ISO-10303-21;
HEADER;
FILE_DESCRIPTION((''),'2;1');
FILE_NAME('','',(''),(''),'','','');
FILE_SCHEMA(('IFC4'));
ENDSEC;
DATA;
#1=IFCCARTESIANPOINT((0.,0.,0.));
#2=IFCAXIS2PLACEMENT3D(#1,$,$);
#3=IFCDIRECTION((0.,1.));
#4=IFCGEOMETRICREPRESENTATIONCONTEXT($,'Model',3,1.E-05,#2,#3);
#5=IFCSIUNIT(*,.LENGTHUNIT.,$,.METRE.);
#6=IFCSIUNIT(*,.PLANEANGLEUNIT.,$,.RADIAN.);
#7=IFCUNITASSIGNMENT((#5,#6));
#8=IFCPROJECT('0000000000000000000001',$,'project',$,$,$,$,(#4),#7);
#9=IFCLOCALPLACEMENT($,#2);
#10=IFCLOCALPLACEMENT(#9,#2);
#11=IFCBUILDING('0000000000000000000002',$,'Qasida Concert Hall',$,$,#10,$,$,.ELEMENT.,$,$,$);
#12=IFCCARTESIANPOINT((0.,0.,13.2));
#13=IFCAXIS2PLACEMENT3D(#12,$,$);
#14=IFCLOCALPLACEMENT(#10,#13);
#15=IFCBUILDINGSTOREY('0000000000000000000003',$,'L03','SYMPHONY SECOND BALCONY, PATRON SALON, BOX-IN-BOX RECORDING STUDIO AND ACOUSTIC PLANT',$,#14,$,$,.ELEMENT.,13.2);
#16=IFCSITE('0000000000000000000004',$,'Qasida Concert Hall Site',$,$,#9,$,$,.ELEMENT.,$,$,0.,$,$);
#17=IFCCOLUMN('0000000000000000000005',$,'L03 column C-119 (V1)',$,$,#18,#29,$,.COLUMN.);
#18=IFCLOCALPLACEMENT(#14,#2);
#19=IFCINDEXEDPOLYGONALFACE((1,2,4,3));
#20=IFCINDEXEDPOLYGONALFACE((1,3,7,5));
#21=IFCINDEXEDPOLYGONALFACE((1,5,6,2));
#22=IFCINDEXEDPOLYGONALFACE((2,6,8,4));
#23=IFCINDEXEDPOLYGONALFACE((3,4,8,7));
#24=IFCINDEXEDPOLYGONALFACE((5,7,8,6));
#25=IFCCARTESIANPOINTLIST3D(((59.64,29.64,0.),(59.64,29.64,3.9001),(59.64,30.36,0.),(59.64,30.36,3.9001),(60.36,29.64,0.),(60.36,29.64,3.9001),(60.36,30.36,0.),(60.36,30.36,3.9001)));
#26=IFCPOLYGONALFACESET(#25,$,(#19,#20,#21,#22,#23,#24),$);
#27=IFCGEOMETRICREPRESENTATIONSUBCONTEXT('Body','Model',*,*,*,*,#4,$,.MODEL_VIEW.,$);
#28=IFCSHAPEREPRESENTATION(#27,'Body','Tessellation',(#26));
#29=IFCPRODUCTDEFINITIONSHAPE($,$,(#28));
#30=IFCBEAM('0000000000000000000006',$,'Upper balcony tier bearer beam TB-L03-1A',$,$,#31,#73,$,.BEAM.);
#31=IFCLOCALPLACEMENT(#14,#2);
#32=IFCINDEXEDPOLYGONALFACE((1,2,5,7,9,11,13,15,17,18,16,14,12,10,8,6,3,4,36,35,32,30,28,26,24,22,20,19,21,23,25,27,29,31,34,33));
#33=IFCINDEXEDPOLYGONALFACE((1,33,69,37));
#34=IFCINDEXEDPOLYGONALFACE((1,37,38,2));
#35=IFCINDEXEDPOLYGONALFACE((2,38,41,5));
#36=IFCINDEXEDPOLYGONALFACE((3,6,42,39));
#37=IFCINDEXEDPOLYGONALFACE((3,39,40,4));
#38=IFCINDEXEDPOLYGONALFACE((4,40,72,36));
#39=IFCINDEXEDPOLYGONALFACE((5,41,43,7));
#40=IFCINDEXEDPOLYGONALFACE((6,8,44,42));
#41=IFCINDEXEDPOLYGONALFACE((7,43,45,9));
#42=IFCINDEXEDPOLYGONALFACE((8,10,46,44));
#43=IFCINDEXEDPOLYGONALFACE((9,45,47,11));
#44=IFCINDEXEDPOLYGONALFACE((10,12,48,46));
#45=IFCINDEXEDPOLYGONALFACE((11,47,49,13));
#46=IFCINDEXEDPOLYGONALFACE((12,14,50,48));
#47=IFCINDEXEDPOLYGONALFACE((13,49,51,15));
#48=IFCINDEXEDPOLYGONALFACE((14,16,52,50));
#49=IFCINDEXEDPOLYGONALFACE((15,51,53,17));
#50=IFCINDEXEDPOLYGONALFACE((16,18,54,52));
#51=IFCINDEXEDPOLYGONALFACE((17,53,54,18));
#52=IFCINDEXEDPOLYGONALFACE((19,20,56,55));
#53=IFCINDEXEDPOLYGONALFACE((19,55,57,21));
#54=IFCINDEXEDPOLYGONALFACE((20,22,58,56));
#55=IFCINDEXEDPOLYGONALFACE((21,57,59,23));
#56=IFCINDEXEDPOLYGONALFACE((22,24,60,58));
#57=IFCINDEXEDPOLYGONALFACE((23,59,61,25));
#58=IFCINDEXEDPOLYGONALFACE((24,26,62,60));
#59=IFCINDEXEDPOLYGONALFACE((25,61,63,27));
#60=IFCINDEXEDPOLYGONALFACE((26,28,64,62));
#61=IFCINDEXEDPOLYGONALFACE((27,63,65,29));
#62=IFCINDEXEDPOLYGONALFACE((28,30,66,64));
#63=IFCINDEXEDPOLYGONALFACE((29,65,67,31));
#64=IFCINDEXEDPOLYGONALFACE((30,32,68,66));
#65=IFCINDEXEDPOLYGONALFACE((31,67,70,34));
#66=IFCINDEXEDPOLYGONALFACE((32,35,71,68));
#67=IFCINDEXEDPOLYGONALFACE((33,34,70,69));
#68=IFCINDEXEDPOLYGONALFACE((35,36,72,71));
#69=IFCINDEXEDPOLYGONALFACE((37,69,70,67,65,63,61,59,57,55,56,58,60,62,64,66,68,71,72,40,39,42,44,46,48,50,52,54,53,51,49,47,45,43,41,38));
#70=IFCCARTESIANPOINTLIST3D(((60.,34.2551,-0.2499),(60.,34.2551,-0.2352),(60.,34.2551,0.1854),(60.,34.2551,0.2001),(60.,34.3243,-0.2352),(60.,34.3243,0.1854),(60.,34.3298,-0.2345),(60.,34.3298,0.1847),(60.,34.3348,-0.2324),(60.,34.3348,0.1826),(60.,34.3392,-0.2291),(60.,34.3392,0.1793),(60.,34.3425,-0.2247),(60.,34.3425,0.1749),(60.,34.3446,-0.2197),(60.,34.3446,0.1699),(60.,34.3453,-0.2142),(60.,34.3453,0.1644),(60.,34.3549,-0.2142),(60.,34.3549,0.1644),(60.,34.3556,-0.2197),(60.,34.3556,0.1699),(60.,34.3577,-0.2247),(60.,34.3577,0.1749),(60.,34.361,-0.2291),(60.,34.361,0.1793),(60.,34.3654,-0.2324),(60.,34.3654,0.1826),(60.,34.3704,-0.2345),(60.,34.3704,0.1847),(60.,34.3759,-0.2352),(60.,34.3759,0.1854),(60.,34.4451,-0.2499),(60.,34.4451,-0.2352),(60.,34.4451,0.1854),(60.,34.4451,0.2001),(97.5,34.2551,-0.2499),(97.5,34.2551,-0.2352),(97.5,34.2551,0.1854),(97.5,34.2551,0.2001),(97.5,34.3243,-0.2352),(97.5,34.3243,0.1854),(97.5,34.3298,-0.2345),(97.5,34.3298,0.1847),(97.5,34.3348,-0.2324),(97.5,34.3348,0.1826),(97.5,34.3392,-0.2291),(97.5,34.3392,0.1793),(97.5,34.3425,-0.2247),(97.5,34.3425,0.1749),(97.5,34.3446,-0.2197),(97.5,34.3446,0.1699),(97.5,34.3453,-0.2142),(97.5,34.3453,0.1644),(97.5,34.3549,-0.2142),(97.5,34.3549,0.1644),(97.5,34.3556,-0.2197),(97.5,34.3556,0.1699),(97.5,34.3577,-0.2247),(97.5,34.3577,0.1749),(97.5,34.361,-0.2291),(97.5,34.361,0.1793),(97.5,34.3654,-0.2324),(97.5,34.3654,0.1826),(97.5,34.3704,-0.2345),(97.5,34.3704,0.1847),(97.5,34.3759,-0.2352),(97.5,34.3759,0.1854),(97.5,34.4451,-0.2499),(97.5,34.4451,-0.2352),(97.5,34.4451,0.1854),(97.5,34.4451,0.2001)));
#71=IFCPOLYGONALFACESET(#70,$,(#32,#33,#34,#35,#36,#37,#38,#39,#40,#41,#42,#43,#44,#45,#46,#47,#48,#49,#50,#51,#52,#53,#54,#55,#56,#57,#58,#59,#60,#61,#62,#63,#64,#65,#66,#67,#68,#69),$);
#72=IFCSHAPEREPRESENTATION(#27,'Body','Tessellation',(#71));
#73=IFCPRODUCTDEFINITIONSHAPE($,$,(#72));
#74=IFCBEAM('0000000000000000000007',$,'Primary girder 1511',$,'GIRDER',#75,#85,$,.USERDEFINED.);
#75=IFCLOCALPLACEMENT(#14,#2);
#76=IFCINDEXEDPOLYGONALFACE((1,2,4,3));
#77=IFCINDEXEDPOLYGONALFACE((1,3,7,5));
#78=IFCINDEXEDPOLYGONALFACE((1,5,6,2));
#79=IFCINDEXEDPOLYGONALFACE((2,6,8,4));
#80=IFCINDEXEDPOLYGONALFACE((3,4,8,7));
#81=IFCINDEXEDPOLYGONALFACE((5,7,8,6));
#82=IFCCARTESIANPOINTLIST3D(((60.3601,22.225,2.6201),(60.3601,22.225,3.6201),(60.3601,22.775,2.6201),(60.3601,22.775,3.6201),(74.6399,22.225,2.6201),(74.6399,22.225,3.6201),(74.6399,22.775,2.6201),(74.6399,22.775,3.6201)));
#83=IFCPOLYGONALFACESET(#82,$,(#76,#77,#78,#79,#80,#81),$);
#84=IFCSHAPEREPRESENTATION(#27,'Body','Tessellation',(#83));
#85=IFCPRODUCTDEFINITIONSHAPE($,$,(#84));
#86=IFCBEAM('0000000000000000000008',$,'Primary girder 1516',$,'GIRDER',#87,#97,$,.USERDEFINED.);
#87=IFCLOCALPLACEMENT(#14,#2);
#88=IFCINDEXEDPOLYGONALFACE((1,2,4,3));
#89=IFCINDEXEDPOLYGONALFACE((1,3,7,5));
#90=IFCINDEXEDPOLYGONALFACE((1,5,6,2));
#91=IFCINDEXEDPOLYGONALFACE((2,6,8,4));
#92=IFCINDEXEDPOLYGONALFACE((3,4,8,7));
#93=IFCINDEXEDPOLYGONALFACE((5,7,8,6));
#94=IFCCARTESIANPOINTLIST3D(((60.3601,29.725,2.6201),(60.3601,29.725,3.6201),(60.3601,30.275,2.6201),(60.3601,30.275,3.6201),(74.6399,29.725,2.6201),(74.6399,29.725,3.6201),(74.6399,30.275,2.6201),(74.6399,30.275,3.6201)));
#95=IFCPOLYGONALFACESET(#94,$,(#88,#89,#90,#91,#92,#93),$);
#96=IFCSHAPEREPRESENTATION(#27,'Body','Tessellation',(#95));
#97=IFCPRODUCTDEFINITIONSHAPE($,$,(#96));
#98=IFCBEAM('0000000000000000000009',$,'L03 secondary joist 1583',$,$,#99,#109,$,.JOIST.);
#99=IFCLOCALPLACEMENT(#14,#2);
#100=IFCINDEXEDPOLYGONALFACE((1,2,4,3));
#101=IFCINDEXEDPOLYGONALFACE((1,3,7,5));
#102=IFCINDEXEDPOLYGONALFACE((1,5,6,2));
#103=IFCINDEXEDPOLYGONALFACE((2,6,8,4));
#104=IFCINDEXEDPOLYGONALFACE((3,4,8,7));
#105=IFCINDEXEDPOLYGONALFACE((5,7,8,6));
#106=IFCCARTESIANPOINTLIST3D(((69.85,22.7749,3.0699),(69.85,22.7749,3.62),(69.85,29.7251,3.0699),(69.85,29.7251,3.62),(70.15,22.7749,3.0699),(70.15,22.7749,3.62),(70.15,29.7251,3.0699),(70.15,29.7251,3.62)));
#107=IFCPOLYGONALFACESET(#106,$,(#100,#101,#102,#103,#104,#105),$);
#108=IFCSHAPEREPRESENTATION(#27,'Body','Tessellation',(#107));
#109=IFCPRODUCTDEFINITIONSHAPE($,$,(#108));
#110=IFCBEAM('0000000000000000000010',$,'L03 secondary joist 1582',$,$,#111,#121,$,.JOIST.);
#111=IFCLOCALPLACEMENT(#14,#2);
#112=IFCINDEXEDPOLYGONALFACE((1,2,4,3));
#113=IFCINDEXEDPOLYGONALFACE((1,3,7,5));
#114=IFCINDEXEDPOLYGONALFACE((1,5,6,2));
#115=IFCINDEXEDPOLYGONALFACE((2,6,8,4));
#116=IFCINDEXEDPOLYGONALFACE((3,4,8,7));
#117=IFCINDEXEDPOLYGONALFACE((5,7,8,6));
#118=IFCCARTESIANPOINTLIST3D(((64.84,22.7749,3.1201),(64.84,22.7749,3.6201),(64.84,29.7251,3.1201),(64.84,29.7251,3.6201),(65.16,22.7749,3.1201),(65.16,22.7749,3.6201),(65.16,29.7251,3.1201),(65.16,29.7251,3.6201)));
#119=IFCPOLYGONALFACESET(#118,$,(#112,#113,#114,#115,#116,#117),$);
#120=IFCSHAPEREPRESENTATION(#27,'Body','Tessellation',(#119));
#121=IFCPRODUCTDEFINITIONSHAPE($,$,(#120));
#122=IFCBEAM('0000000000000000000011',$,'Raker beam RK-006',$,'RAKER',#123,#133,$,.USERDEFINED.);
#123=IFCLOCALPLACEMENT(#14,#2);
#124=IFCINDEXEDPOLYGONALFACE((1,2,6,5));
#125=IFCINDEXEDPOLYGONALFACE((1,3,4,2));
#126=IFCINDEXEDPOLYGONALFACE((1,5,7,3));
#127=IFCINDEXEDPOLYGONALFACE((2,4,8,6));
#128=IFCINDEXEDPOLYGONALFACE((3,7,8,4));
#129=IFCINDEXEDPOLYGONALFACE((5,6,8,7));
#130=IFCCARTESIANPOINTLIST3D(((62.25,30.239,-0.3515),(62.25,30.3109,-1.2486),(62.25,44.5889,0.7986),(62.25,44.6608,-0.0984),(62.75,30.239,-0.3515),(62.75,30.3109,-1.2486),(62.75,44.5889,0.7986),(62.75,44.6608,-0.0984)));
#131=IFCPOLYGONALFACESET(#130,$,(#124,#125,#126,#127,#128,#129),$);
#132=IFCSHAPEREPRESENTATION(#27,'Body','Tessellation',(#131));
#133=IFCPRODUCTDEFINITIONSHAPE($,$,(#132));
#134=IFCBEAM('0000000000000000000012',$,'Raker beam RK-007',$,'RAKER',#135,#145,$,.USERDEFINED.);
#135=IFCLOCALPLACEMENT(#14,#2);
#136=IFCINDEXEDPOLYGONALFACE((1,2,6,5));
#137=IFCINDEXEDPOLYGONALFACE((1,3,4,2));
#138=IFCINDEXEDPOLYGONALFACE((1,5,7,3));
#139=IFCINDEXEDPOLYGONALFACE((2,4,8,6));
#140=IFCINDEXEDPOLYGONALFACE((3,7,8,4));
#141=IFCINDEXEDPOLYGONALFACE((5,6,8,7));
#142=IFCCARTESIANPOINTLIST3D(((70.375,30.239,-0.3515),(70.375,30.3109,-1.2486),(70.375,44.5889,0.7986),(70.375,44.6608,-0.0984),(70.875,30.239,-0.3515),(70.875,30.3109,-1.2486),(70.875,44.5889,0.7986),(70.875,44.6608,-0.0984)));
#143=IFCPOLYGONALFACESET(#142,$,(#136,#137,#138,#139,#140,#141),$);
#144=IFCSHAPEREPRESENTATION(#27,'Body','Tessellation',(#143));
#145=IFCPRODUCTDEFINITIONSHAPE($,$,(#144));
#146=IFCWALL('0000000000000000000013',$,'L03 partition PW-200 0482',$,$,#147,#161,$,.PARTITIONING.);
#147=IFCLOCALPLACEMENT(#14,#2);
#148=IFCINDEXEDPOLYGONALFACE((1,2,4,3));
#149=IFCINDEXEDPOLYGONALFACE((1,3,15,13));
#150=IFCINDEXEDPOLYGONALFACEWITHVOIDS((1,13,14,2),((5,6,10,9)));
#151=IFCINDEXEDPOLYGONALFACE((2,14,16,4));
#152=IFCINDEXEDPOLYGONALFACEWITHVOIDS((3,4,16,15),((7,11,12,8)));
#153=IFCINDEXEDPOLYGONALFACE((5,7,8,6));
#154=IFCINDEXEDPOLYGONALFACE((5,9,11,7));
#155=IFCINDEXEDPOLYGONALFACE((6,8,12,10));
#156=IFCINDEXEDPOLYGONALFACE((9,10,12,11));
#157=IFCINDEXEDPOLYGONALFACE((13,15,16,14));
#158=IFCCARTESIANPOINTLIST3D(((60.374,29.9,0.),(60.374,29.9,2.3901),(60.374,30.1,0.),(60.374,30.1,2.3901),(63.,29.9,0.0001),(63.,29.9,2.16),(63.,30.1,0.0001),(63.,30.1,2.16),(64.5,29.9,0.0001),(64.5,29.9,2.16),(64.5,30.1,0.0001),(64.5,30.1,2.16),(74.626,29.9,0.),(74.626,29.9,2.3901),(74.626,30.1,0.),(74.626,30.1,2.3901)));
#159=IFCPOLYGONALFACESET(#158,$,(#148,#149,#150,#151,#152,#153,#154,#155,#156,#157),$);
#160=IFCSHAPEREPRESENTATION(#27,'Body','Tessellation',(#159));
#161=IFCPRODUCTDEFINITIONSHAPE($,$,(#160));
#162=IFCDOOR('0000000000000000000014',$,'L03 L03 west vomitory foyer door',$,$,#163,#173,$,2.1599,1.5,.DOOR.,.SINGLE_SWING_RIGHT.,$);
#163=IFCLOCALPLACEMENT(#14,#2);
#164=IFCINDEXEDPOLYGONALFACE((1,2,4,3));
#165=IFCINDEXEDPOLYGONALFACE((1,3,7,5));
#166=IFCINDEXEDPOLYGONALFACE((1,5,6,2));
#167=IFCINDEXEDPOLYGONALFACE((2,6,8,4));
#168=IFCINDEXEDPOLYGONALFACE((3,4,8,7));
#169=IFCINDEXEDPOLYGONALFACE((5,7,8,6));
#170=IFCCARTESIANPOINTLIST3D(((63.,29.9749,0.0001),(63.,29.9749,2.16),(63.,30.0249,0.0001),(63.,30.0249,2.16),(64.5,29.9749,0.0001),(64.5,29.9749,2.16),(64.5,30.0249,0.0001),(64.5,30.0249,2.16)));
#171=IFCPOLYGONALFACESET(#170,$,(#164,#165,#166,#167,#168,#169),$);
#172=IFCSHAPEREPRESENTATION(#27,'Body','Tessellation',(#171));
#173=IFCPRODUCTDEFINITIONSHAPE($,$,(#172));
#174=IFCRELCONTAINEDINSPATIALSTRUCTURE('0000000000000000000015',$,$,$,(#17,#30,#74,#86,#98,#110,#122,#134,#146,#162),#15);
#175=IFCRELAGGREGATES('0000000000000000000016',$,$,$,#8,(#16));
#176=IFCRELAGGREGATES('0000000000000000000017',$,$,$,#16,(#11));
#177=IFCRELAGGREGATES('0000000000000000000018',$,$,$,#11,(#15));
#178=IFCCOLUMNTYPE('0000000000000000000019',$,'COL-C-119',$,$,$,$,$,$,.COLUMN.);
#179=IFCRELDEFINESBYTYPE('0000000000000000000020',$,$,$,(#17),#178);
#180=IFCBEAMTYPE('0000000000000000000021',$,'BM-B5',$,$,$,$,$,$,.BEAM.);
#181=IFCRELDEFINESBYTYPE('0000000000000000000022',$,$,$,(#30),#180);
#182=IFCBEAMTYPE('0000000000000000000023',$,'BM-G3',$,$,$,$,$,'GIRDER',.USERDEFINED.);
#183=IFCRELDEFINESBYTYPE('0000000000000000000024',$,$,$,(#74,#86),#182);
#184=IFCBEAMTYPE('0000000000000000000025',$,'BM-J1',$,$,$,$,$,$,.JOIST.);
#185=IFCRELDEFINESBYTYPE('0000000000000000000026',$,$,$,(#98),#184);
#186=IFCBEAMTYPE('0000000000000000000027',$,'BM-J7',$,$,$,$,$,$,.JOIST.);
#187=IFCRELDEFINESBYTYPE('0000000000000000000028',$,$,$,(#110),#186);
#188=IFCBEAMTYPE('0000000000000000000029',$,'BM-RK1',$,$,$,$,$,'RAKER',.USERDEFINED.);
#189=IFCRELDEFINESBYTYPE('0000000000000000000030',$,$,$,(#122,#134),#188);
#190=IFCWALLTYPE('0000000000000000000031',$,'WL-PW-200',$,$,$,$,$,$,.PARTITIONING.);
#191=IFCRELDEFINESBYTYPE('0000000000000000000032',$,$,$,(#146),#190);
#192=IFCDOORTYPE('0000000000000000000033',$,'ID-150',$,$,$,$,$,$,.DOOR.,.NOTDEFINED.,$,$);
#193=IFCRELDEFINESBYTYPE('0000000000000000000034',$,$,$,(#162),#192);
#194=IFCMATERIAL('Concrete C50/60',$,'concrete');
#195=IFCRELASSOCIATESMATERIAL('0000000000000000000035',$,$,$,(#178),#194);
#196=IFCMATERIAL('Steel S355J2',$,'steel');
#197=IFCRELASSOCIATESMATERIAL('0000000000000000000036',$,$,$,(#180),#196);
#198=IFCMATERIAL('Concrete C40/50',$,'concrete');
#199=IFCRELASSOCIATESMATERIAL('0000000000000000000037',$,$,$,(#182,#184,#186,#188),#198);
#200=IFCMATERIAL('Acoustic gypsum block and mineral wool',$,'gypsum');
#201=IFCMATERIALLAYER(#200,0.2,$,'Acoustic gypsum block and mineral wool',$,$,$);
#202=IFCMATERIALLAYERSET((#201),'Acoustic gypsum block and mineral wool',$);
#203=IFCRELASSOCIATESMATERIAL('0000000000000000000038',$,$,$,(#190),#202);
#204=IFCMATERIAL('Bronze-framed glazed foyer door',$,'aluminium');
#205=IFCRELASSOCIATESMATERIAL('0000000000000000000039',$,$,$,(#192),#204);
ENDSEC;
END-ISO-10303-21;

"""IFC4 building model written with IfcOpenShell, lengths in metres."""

from ifc_helpers import new_model, si_unit, direction, frame, frame_2d, origin, origin_2d, place, context, subcontext, project, spatial, rectangle, i_section, extrude, material, layer, layer_set, material_profile, profile_set, type_object, element, fill, save


model = new_model("IFC4")

# Units and contexts
model_context = context("Model", 3, precision=1e-05, world=origin(), true_north=direction((0.0, 1.0)))
body_context = subcontext(model_context, "Body", "Model", "MODEL_VIEW")
ifc_project = project(units=[si_unit("LENGTHUNIT", "METRE"), si_unit("PLANEANGLEUNIT", "RADIAN")], contexts=[model_context])

# Site, building, storey
site_placement = place(None, origin())
site = spatial("IfcSite", under=ifc_project, at=site_placement, Name="Qasida Concert Hall Site", CompositionType="ELEMENT", RefElevation=0.0)
building_placement = place(site_placement, origin())
building = spatial("IfcBuilding", under=site, at=building_placement, Name="Qasida Concert Hall", CompositionType="ELEMENT")
storey_placement = place(building_placement, frame((0.0, 0.0, 13.2)))
storey = spatial("IfcBuildingStorey", under=building, at=storey_placement, Name="L03", Description="SYMPHONY SECOND BALCONY, PATRON SALON, BOX-IN-BOX RECORDING STUDIO AND ACOUSTIC PLANT", CompositionType="ELEMENT", Elevation=13.2)

# Column
ifc_material_1 = material(Name="Concrete C50/60", Category="concrete")
ifc_material_profile_1 = material_profile(ifc_material_1, rectangle(XDim=0.72, YDim=0.72, at=origin_2d()), Name="RC 720x720")
ifc_profile_set_1 = profile_set([ifc_material_profile_1], Name="Concrete C50/60")
column_type = type_object("IfcColumnType", Name="COL-C-119", PredefinedType="COLUMN", material=ifc_profile_set_1)
column_placement = place(storey_placement, frame((60.0, 30.0, 0.0), z_axis=(0.0, 0.0, 1.0), x_axis=(1.0, 0.0, 0.0)))
element("IfcColumn", 1, at=column_placement, inside=storey, type_object=column_type, Name="L03 column C-119 (V1)", PredefinedType="COLUMN", context=body_context, shape_type="SweptSolid", body=[
    extrude(rectangle(XDim=0.72, YDim=0.72, at=origin_2d()), origin(), (0.0, 0.0, 1.0), 3.9001),
])

# Beams
ifc_material_2 = material(Name="Steel S355J2", Category="steel")
ifc_material_profile_2 = material_profile(ifc_material_2, i_section(OverallWidth=0.1899, OverallDepth=0.45, WebThickness=0.0095, FlangeThickness=0.0146, FilletRadius=0.021, at=origin_2d()), Name="IPE 450")
ifc_profile_set_2 = profile_set([ifc_material_profile_2], Name="Steel S355J2")
beam_type_1 = type_object("IfcBeamType", Name="BM-B5", PredefinedType="BEAM", material=ifc_profile_set_2)
beam_1_placement = place(storey_placement, frame((60.0, 34.3501, -0.0249), z_axis=(1.0, 0.0, 0.0), x_axis=(0.0, 1.0, 0.0)))
element("IfcBeam", 2, at=beam_1_placement, inside=storey, type_object=beam_type_1, Name="Upper balcony tier bearer beam TB-L03-1A", PredefinedType="BEAM", context=body_context, shape_type="SweptSolid", body=[
    extrude(i_section(OverallWidth=0.1899, OverallDepth=0.45, WebThickness=0.0095, FlangeThickness=0.0146, FilletRadius=0.021, at=origin_2d()), origin(), (0.0, 0.0, 1.0), 37.5),
])
ifc_material_3 = material(Name="Concrete C40/50", Category="concrete")
ifc_material_profile_3 = material_profile(ifc_material_3, rectangle(XDim=0.55, YDim=1.0, at=origin_2d()), Name="RC 550x1000")
ifc_profile_set_3 = profile_set([ifc_material_profile_3], Name="Concrete C40/50")
beam_type_2 = type_object("IfcBeamType", Name="BM-G3", ElementType="GIRDER", PredefinedType="USERDEFINED", material=ifc_profile_set_3)
for number, where, z_axis, x_axis, name in (
    (3, (60.3601, 22.5, 3.1201), (1.0, 0.0, 0.0), (0.0, 1.0, 0.0), "Primary girder 1511"),
    (4, (60.3601, 30.0, 3.1201), (1.0, 0.0, 0.0), (0.0, 1.0, 0.0), "Primary girder 1516"),
):
    element("IfcBeam", number, at=place(storey_placement, frame(where, z_axis=z_axis, x_axis=x_axis)), inside=storey, type_object=beam_type_2, Name=name, ObjectType="GIRDER", PredefinedType="USERDEFINED", context=body_context, shape_type="SweptSolid", body=[
        extrude(rectangle(XDim=0.55, YDim=1.0, at=origin_2d()), origin(), (0.0, 0.0, 1.0), 14.2798),
    ])
ifc_material_profile_4 = material_profile(ifc_material_3, rectangle(XDim=0.3, YDim=0.55, at=origin_2d()), Name="RC 300x550")
ifc_profile_set_4 = profile_set([ifc_material_profile_4], Name="Concrete C40/50")
beam_type_3 = type_object("IfcBeamType", Name="BM-J1", PredefinedType="JOIST", material=ifc_profile_set_4)
beam_2_placement = place(storey_placement, frame((70.0, 22.7749, 3.345), z_axis=(0.0, 1.0, 0.0), x_axis=(-1.0, 0.0, 0.0)))
element("IfcBeam", 5, at=beam_2_placement, inside=storey, type_object=beam_type_3, Name="L03 secondary joist 1583", PredefinedType="JOIST", context=body_context, shape_type="SweptSolid", body=[
    extrude(rectangle(XDim=0.3, YDim=0.55, at=origin_2d()), origin(), (0.0, 0.0, 1.0), 6.9502),
])
ifc_material_profile_5 = material_profile(ifc_material_3, rectangle(XDim=0.3201, YDim=0.5, at=origin_2d()), Name="RC 320x500")
ifc_profile_set_5 = profile_set([ifc_material_profile_5], Name="Concrete C40/50")
beam_type_4 = type_object("IfcBeamType", Name="BM-J7", PredefinedType="JOIST", material=ifc_profile_set_5)
beam_3_placement = place(storey_placement, frame((65.0, 22.7749, 3.3701), z_axis=(0.0, 1.0, 0.0), x_axis=(-1.0, 0.0, 0.0)))
element("IfcBeam", 6, at=beam_3_placement, inside=storey, type_object=beam_type_4, Name="L03 secondary joist 1582", PredefinedType="JOIST", context=body_context, shape_type="SweptSolid", body=[
    extrude(rectangle(XDim=0.3201, YDim=0.5, at=origin_2d()), origin(), (0.0, 0.0, 1.0), 6.9502),
])
ifc_material_profile_6 = material_profile(ifc_material_3, rectangle(XDim=0.5, YDim=0.8999, at=origin_2d()), Name="RC 500x900")
ifc_profile_set_6 = profile_set([ifc_material_profile_6], Name="Concrete C40/50")
beam_type_5 = type_object("IfcBeamType", Name="BM-RK1", ElementType="RAKER", PredefinedType="USERDEFINED", material=ifc_profile_set_6)
for number, where, z_axis, x_axis, name in (
    (7, (62.5, 30.2749, -0.8), (0.0, 0.996803, 0.079893), (-1.0, 0.0, 0.0), "Raker beam RK-006"),
    (8, (70.625, 30.2749, -0.8), (0.0, 0.996803, 0.079893), (-1.0, 0.0, 0.0), "Raker beam RK-007"),
):
    element("IfcBeam", number, at=place(storey_placement, frame(where, z_axis=z_axis, x_axis=x_axis)), inside=storey, type_object=beam_type_5, Name=name, ObjectType="RAKER", PredefinedType="USERDEFINED", context=body_context, shape_type="SweptSolid", body=[
        extrude(rectangle(XDim=0.5, YDim=0.8999, at=origin_2d()), origin(), (0.0, 0.0, 1.0), 14.396),
    ])

# Wall, opening, door
ifc_material_4 = material(Name="Acoustic gypsum block and mineral wool", Category="gypsum")
ifc_layer_1 = layer(ifc_material_4, 0.2, Name="Acoustic gypsum block and mineral wool")
ifc_layer_set_1 = layer_set([ifc_layer_1], Name="Acoustic gypsum block and mineral wool")
wall_type_1 = type_object("IfcWallType", Name="WL-PW-200", PredefinedType="PARTITIONING", material=ifc_layer_set_1)
wall_1_placement = place(storey_placement, frame((60.374, 30.0, 0.0), z_axis=(0.0, 0.0, 1.0), x_axis=(1.0, 0.0, 0.0)))
wall_1 = element("IfcWall", 9, at=wall_1_placement, inside=storey, type_object=wall_type_1, Name="L03 partition PW-200 0482", PredefinedType="PARTITIONING", context=body_context, shape_type="SweptSolid", body=[
    extrude(rectangle(XDim=14.252, YDim=0.2, at=frame_2d((7.126, 0.0))), origin(), (0.0, 0.0, 1.0), 2.3901),
])
opening_1_placement = place(wall_1_placement, frame((2.626, 0.0, 0.0)))
opening_1 = element("IfcOpeningElement", 10, at=opening_1_placement, cuts=wall_1, PredefinedType="OPENING", context=body_context, shape_type="SweptSolid", body=[
    extrude(rectangle(XDim=1.5, YDim=2.1599, at=frame_2d((0.75, 1.0801))), frame((0.0, 0.1099, 0.0), z_axis=(0.0, -1.0, 0.0), x_axis=(1.0, 0.0, 0.0)), (0.0, 0.0, 1.0), 0.22),
])
ifc_material_5 = material(Name="Bronze-framed glazed foyer door", Category="aluminium")
door_type_1 = type_object("IfcDoorType", Name="ID-150", OperationType="NOTDEFINED", PredefinedType="DOOR", material=ifc_material_5)
door_1_placement = place(opening_1_placement, origin())
door_1 = element("IfcDoor", 11, at=door_1_placement, inside=storey, type_object=door_type_1, Name="L03 L03 west vomitory foyer door", OperationType="SINGLE_SWING_RIGHT", OverallHeight=2.1599, OverallWidth=1.5, PredefinedType="DOOR", context=body_context, shape_type="SweptSolid", body=[
    extrude(rectangle(XDim=1.5, YDim=2.1599, at=frame_2d((0.75, 1.0801))), frame((0.0, 0.0249, 0.0), z_axis=(0.0, -1.0, 0.0), x_axis=(1.0, 0.0, 0.0)), (0.0, 0.0, 1.0), 0.05),
])
fill(opening_1, door_1)

save(model, "model.ifc")
